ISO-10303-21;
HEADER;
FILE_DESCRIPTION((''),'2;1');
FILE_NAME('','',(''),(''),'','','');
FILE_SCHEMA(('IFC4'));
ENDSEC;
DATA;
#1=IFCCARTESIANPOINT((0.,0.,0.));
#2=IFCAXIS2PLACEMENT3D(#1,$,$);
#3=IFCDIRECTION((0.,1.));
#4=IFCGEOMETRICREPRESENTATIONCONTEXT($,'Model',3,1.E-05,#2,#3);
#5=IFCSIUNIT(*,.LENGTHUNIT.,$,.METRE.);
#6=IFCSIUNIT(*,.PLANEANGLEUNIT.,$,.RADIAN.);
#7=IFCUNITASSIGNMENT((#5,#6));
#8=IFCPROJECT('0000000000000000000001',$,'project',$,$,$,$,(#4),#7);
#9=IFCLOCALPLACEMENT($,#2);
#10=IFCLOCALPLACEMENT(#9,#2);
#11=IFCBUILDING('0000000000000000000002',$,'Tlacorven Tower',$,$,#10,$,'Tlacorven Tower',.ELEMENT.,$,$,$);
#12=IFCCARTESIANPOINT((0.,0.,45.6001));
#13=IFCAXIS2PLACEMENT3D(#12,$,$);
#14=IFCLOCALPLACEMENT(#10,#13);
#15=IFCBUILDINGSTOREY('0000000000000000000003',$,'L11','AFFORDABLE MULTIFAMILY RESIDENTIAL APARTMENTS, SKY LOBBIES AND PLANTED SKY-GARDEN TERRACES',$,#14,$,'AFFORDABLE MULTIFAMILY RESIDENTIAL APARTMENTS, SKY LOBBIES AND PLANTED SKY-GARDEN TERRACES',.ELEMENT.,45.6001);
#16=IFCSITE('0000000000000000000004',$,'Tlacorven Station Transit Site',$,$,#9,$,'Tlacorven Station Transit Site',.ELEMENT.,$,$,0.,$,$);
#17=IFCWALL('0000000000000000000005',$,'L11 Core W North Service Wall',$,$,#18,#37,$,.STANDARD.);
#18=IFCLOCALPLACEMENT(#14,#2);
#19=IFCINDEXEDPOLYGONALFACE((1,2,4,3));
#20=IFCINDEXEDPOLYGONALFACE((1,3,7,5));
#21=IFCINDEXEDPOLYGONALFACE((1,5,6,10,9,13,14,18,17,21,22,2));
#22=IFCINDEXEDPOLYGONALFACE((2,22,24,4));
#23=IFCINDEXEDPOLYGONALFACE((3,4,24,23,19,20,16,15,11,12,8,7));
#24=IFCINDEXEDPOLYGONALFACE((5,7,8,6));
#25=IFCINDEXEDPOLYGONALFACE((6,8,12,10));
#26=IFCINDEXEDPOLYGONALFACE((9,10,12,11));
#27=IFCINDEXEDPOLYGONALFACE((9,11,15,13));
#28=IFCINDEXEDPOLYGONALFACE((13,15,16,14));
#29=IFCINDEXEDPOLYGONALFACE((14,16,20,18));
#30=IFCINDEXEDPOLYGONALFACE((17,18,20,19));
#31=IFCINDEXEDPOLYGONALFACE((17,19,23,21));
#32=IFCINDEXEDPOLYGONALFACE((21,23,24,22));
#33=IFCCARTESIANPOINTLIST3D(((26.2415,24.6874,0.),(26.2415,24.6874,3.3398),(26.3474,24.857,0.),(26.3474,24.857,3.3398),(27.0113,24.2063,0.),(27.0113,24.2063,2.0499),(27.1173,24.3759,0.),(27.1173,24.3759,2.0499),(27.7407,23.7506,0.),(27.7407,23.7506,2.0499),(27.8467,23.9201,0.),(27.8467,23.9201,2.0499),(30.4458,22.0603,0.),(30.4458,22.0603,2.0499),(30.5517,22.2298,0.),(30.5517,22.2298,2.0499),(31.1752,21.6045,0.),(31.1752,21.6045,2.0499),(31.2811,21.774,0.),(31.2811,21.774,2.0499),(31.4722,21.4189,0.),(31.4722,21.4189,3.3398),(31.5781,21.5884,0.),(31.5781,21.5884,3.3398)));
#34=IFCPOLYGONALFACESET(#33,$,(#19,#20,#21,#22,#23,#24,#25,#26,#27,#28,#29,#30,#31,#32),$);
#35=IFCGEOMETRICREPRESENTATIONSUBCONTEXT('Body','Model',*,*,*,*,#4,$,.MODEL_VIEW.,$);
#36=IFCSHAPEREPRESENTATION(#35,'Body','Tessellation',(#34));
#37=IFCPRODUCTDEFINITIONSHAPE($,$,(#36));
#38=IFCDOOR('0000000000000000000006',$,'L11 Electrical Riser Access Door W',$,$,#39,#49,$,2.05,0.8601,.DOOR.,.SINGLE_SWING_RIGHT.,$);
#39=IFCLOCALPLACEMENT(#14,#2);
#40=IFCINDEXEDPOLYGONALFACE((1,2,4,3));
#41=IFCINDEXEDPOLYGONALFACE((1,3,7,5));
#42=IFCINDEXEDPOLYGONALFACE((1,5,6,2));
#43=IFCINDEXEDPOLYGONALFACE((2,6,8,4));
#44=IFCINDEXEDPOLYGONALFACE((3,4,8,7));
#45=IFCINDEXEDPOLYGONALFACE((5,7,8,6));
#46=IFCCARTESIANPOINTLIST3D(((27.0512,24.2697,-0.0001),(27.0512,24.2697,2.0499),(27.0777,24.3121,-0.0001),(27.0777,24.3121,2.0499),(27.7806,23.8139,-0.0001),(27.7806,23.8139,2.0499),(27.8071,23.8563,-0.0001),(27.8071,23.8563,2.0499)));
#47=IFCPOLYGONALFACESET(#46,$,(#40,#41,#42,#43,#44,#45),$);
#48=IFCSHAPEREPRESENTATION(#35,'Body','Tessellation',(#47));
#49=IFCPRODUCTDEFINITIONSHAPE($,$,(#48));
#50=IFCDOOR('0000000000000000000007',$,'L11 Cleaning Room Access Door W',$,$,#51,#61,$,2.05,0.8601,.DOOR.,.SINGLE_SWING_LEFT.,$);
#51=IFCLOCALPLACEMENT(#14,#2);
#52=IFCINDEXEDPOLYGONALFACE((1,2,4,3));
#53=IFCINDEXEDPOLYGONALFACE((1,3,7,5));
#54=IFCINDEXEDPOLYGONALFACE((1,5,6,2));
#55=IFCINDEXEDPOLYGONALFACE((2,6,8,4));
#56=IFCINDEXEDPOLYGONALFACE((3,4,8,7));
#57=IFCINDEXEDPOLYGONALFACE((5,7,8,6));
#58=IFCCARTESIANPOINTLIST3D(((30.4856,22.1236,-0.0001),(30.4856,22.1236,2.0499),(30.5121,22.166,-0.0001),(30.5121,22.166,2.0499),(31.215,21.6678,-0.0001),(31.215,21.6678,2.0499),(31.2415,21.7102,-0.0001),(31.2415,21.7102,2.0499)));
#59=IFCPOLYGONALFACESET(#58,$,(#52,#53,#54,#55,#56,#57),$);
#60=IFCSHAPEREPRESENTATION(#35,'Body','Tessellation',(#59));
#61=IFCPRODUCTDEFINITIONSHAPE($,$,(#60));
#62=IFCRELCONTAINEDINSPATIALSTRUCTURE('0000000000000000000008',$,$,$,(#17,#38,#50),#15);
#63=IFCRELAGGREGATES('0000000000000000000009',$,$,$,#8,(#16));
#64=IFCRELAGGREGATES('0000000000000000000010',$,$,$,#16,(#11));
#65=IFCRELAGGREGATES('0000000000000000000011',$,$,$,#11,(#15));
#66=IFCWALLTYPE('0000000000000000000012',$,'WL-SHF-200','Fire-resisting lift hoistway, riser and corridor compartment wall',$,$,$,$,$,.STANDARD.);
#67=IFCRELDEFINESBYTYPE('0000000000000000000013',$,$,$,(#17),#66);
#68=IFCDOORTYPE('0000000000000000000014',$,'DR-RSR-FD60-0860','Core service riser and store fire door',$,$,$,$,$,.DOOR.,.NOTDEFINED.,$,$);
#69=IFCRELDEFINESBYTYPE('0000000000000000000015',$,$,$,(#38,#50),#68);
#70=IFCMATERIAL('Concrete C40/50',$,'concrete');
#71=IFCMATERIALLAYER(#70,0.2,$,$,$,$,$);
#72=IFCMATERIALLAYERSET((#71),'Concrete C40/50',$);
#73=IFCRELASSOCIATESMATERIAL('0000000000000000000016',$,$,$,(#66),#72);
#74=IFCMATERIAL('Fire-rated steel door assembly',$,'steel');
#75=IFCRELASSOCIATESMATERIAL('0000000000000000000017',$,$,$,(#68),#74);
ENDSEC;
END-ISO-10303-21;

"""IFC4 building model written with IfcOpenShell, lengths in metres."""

from ifc_helpers import new_model, si_unit, direction, frame, frame_2d, origin, place, context, subcontext, project, spatial, rectangle, extrude, source, transform, mapped, material, layer, layer_set, type_object, element, fill, save


model = new_model("IFC4")

# Units and contexts
model_context = context("Model", 3, precision=1e-05, world=origin(), true_north=direction((0.0, 1.0)))
body_context = subcontext(model_context, "Body", "Model", "MODEL_VIEW")
ifc_project = project(units=[si_unit("LENGTHUNIT", "METRE"), si_unit("PLANEANGLEUNIT", "RADIAN")], contexts=[model_context])

# Site, building, storey
site_placement = place(None, origin())
site = spatial("IfcSite", under=ifc_project, at=site_placement, Name="Tlacorven Station Transit Site", LongName="Tlacorven Station Transit Site", CompositionType="ELEMENT", RefElevation=0.0)
building_placement = place(site_placement, origin())
building = spatial("IfcBuilding", under=site, at=building_placement, Name="Tlacorven Tower", LongName="Tlacorven Tower", CompositionType="ELEMENT")
storey_placement = place(building_placement, frame((0.0, 0.0, 45.6001)))
storey = spatial("IfcBuildingStorey", under=building, at=storey_placement, Name="L11", Description="AFFORDABLE MULTIFAMILY RESIDENTIAL APARTMENTS, SKY LOBBIES AND PLANTED SKY-GARDEN TERRACES", LongName="AFFORDABLE MULTIFAMILY RESIDENTIAL APARTMENTS, SKY LOBBIES AND PLANTED SKY-GARDEN TERRACES", CompositionType="ELEMENT", Elevation=45.6001)

# Shared definitions
ifc_material_1 = material(Name="Concrete C40/50", Category="concrete")
ifc_layer_1 = layer(ifc_material_1, 0.2)
ifc_layer_set_1 = layer_set([ifc_layer_1], Name="Concrete C40/50")
wall_type_1 = type_object("IfcWallType", Name="WL-SHF-200", Description="Fire-resisting lift hoistway, riser and corridor compartment wall", PredefinedType="STANDARD", material=ifc_layer_set_1)

# Wall, openings, doors
wall_1_placement = place(storey_placement, frame((31.5251, 21.5037, 0.0), z_axis=(0.0, 0.0, 1.0), x_axis=(-0.848045, 0.529924, 0.0)))
wall_1 = element("IfcWall", 1, at=wall_1_placement, inside=storey, type_object=wall_type_1, Name="L11 Core W North Service Wall", PredefinedType="STANDARD", context=body_context, shape_type="SweptSolid", body=[
    extrude(rectangle(XDim=6.168, YDim=0.2, at=frame_2d((3.084, 0.0))), origin(), (0.0, 0.0, 1.0), 3.3398),
])
opening_1_placement = place(wall_1_placement, frame((4.3999, 0.0, 0.0)))
opening_1 = element("IfcOpeningElement", 2, at=opening_1_placement, cuts=wall_1, PredefinedType="OPENING", context=body_context, shape_type="SweptSolid", body=[
    extrude(rectangle(XDim=0.8601, YDim=2.05, at=frame_2d((0.4302, 1.0249))), frame((0.0, 0.1099, 0.0), z_axis=(0.0, -1.0, 0.0), x_axis=(1.0, 0.0, 0.0)), (0.0, 0.0, 1.0), 0.22),
])
opening_2_placement = place(wall_1_placement, frame((0.3501, 0.0, 0.0)))
opening_2 = element("IfcOpeningElement", 3, at=opening_2_placement, cuts=wall_1, PredefinedType="OPENING", context=body_context, shape_type="SweptSolid", body=[
    extrude(rectangle(XDim=0.8601, YDim=2.05, at=frame_2d((0.4302, 1.0249))), frame((0.0, 0.1099, 0.0), z_axis=(0.0, -1.0, 0.0), x_axis=(1.0, 0.0, 0.0)), (0.0, 0.0, 1.0), 0.22),
])
ifc_material_2 = material(Name="Fire-rated steel door assembly", Category="steel")
door_type_1 = type_object("IfcDoorType", Name="DR-RSR-FD60-0860", Description="Core service riser and store fire door", OperationType="NOTDEFINED", PredefinedType="DOOR", material=ifc_material_2)
shared_shape_1 = source(origin(), body_context, "Body", "SweptSolid", [
    extrude(rectangle(XDim=0.8601, YDim=2.05, at=frame_2d((0.4302, 1.0249))), frame((0.0, 0.0249, 0.0), z_axis=(0.0, -1.0, 0.0), x_axis=(1.0, 0.0, 0.0)), (0.0, 0.0, 1.0), 0.05),
])
door_1_placement = place(opening_1_placement, frame((0.8601, 0.0, 0.0), z_axis=(0.0, 0.0, 1.0), x_axis=(-1.0, 0.0, 0.0)))
door_1 = element("IfcDoor", 4, at=door_1_placement, inside=storey, type_object=door_type_1, Name="L11 Electrical Riser Access Door W", OperationType="SINGLE_SWING_RIGHT", OverallHeight=2.05, OverallWidth=0.8601, PredefinedType="DOOR", context=body_context, shape_type="MappedRepresentation", body=[
    mapped(shared_shape_1, transform((0.0, 0.0, 0.0), scale=1.0)),
])
fill(opening_1, door_1)
door_2_placement = place(opening_2_placement, frame((0.8601, 0.0, 0.0), z_axis=(0.0, 0.0, 1.0), x_axis=(-1.0, 0.0, 0.0)))
door_2 = element("IfcDoor", 5, at=door_2_placement, inside=storey, type_object=door_type_1, Name="L11 Cleaning Room Access Door W", OperationType="SINGLE_SWING_LEFT", OverallHeight=2.05, OverallWidth=0.8601, PredefinedType="DOOR", context=body_context, shape_type="MappedRepresentation", body=[
    mapped(shared_shape_1, transform((0.0, 0.0, 0.0), scale=1.0)),
])
fill(opening_2, door_2)

save(model, "model.ifc")
